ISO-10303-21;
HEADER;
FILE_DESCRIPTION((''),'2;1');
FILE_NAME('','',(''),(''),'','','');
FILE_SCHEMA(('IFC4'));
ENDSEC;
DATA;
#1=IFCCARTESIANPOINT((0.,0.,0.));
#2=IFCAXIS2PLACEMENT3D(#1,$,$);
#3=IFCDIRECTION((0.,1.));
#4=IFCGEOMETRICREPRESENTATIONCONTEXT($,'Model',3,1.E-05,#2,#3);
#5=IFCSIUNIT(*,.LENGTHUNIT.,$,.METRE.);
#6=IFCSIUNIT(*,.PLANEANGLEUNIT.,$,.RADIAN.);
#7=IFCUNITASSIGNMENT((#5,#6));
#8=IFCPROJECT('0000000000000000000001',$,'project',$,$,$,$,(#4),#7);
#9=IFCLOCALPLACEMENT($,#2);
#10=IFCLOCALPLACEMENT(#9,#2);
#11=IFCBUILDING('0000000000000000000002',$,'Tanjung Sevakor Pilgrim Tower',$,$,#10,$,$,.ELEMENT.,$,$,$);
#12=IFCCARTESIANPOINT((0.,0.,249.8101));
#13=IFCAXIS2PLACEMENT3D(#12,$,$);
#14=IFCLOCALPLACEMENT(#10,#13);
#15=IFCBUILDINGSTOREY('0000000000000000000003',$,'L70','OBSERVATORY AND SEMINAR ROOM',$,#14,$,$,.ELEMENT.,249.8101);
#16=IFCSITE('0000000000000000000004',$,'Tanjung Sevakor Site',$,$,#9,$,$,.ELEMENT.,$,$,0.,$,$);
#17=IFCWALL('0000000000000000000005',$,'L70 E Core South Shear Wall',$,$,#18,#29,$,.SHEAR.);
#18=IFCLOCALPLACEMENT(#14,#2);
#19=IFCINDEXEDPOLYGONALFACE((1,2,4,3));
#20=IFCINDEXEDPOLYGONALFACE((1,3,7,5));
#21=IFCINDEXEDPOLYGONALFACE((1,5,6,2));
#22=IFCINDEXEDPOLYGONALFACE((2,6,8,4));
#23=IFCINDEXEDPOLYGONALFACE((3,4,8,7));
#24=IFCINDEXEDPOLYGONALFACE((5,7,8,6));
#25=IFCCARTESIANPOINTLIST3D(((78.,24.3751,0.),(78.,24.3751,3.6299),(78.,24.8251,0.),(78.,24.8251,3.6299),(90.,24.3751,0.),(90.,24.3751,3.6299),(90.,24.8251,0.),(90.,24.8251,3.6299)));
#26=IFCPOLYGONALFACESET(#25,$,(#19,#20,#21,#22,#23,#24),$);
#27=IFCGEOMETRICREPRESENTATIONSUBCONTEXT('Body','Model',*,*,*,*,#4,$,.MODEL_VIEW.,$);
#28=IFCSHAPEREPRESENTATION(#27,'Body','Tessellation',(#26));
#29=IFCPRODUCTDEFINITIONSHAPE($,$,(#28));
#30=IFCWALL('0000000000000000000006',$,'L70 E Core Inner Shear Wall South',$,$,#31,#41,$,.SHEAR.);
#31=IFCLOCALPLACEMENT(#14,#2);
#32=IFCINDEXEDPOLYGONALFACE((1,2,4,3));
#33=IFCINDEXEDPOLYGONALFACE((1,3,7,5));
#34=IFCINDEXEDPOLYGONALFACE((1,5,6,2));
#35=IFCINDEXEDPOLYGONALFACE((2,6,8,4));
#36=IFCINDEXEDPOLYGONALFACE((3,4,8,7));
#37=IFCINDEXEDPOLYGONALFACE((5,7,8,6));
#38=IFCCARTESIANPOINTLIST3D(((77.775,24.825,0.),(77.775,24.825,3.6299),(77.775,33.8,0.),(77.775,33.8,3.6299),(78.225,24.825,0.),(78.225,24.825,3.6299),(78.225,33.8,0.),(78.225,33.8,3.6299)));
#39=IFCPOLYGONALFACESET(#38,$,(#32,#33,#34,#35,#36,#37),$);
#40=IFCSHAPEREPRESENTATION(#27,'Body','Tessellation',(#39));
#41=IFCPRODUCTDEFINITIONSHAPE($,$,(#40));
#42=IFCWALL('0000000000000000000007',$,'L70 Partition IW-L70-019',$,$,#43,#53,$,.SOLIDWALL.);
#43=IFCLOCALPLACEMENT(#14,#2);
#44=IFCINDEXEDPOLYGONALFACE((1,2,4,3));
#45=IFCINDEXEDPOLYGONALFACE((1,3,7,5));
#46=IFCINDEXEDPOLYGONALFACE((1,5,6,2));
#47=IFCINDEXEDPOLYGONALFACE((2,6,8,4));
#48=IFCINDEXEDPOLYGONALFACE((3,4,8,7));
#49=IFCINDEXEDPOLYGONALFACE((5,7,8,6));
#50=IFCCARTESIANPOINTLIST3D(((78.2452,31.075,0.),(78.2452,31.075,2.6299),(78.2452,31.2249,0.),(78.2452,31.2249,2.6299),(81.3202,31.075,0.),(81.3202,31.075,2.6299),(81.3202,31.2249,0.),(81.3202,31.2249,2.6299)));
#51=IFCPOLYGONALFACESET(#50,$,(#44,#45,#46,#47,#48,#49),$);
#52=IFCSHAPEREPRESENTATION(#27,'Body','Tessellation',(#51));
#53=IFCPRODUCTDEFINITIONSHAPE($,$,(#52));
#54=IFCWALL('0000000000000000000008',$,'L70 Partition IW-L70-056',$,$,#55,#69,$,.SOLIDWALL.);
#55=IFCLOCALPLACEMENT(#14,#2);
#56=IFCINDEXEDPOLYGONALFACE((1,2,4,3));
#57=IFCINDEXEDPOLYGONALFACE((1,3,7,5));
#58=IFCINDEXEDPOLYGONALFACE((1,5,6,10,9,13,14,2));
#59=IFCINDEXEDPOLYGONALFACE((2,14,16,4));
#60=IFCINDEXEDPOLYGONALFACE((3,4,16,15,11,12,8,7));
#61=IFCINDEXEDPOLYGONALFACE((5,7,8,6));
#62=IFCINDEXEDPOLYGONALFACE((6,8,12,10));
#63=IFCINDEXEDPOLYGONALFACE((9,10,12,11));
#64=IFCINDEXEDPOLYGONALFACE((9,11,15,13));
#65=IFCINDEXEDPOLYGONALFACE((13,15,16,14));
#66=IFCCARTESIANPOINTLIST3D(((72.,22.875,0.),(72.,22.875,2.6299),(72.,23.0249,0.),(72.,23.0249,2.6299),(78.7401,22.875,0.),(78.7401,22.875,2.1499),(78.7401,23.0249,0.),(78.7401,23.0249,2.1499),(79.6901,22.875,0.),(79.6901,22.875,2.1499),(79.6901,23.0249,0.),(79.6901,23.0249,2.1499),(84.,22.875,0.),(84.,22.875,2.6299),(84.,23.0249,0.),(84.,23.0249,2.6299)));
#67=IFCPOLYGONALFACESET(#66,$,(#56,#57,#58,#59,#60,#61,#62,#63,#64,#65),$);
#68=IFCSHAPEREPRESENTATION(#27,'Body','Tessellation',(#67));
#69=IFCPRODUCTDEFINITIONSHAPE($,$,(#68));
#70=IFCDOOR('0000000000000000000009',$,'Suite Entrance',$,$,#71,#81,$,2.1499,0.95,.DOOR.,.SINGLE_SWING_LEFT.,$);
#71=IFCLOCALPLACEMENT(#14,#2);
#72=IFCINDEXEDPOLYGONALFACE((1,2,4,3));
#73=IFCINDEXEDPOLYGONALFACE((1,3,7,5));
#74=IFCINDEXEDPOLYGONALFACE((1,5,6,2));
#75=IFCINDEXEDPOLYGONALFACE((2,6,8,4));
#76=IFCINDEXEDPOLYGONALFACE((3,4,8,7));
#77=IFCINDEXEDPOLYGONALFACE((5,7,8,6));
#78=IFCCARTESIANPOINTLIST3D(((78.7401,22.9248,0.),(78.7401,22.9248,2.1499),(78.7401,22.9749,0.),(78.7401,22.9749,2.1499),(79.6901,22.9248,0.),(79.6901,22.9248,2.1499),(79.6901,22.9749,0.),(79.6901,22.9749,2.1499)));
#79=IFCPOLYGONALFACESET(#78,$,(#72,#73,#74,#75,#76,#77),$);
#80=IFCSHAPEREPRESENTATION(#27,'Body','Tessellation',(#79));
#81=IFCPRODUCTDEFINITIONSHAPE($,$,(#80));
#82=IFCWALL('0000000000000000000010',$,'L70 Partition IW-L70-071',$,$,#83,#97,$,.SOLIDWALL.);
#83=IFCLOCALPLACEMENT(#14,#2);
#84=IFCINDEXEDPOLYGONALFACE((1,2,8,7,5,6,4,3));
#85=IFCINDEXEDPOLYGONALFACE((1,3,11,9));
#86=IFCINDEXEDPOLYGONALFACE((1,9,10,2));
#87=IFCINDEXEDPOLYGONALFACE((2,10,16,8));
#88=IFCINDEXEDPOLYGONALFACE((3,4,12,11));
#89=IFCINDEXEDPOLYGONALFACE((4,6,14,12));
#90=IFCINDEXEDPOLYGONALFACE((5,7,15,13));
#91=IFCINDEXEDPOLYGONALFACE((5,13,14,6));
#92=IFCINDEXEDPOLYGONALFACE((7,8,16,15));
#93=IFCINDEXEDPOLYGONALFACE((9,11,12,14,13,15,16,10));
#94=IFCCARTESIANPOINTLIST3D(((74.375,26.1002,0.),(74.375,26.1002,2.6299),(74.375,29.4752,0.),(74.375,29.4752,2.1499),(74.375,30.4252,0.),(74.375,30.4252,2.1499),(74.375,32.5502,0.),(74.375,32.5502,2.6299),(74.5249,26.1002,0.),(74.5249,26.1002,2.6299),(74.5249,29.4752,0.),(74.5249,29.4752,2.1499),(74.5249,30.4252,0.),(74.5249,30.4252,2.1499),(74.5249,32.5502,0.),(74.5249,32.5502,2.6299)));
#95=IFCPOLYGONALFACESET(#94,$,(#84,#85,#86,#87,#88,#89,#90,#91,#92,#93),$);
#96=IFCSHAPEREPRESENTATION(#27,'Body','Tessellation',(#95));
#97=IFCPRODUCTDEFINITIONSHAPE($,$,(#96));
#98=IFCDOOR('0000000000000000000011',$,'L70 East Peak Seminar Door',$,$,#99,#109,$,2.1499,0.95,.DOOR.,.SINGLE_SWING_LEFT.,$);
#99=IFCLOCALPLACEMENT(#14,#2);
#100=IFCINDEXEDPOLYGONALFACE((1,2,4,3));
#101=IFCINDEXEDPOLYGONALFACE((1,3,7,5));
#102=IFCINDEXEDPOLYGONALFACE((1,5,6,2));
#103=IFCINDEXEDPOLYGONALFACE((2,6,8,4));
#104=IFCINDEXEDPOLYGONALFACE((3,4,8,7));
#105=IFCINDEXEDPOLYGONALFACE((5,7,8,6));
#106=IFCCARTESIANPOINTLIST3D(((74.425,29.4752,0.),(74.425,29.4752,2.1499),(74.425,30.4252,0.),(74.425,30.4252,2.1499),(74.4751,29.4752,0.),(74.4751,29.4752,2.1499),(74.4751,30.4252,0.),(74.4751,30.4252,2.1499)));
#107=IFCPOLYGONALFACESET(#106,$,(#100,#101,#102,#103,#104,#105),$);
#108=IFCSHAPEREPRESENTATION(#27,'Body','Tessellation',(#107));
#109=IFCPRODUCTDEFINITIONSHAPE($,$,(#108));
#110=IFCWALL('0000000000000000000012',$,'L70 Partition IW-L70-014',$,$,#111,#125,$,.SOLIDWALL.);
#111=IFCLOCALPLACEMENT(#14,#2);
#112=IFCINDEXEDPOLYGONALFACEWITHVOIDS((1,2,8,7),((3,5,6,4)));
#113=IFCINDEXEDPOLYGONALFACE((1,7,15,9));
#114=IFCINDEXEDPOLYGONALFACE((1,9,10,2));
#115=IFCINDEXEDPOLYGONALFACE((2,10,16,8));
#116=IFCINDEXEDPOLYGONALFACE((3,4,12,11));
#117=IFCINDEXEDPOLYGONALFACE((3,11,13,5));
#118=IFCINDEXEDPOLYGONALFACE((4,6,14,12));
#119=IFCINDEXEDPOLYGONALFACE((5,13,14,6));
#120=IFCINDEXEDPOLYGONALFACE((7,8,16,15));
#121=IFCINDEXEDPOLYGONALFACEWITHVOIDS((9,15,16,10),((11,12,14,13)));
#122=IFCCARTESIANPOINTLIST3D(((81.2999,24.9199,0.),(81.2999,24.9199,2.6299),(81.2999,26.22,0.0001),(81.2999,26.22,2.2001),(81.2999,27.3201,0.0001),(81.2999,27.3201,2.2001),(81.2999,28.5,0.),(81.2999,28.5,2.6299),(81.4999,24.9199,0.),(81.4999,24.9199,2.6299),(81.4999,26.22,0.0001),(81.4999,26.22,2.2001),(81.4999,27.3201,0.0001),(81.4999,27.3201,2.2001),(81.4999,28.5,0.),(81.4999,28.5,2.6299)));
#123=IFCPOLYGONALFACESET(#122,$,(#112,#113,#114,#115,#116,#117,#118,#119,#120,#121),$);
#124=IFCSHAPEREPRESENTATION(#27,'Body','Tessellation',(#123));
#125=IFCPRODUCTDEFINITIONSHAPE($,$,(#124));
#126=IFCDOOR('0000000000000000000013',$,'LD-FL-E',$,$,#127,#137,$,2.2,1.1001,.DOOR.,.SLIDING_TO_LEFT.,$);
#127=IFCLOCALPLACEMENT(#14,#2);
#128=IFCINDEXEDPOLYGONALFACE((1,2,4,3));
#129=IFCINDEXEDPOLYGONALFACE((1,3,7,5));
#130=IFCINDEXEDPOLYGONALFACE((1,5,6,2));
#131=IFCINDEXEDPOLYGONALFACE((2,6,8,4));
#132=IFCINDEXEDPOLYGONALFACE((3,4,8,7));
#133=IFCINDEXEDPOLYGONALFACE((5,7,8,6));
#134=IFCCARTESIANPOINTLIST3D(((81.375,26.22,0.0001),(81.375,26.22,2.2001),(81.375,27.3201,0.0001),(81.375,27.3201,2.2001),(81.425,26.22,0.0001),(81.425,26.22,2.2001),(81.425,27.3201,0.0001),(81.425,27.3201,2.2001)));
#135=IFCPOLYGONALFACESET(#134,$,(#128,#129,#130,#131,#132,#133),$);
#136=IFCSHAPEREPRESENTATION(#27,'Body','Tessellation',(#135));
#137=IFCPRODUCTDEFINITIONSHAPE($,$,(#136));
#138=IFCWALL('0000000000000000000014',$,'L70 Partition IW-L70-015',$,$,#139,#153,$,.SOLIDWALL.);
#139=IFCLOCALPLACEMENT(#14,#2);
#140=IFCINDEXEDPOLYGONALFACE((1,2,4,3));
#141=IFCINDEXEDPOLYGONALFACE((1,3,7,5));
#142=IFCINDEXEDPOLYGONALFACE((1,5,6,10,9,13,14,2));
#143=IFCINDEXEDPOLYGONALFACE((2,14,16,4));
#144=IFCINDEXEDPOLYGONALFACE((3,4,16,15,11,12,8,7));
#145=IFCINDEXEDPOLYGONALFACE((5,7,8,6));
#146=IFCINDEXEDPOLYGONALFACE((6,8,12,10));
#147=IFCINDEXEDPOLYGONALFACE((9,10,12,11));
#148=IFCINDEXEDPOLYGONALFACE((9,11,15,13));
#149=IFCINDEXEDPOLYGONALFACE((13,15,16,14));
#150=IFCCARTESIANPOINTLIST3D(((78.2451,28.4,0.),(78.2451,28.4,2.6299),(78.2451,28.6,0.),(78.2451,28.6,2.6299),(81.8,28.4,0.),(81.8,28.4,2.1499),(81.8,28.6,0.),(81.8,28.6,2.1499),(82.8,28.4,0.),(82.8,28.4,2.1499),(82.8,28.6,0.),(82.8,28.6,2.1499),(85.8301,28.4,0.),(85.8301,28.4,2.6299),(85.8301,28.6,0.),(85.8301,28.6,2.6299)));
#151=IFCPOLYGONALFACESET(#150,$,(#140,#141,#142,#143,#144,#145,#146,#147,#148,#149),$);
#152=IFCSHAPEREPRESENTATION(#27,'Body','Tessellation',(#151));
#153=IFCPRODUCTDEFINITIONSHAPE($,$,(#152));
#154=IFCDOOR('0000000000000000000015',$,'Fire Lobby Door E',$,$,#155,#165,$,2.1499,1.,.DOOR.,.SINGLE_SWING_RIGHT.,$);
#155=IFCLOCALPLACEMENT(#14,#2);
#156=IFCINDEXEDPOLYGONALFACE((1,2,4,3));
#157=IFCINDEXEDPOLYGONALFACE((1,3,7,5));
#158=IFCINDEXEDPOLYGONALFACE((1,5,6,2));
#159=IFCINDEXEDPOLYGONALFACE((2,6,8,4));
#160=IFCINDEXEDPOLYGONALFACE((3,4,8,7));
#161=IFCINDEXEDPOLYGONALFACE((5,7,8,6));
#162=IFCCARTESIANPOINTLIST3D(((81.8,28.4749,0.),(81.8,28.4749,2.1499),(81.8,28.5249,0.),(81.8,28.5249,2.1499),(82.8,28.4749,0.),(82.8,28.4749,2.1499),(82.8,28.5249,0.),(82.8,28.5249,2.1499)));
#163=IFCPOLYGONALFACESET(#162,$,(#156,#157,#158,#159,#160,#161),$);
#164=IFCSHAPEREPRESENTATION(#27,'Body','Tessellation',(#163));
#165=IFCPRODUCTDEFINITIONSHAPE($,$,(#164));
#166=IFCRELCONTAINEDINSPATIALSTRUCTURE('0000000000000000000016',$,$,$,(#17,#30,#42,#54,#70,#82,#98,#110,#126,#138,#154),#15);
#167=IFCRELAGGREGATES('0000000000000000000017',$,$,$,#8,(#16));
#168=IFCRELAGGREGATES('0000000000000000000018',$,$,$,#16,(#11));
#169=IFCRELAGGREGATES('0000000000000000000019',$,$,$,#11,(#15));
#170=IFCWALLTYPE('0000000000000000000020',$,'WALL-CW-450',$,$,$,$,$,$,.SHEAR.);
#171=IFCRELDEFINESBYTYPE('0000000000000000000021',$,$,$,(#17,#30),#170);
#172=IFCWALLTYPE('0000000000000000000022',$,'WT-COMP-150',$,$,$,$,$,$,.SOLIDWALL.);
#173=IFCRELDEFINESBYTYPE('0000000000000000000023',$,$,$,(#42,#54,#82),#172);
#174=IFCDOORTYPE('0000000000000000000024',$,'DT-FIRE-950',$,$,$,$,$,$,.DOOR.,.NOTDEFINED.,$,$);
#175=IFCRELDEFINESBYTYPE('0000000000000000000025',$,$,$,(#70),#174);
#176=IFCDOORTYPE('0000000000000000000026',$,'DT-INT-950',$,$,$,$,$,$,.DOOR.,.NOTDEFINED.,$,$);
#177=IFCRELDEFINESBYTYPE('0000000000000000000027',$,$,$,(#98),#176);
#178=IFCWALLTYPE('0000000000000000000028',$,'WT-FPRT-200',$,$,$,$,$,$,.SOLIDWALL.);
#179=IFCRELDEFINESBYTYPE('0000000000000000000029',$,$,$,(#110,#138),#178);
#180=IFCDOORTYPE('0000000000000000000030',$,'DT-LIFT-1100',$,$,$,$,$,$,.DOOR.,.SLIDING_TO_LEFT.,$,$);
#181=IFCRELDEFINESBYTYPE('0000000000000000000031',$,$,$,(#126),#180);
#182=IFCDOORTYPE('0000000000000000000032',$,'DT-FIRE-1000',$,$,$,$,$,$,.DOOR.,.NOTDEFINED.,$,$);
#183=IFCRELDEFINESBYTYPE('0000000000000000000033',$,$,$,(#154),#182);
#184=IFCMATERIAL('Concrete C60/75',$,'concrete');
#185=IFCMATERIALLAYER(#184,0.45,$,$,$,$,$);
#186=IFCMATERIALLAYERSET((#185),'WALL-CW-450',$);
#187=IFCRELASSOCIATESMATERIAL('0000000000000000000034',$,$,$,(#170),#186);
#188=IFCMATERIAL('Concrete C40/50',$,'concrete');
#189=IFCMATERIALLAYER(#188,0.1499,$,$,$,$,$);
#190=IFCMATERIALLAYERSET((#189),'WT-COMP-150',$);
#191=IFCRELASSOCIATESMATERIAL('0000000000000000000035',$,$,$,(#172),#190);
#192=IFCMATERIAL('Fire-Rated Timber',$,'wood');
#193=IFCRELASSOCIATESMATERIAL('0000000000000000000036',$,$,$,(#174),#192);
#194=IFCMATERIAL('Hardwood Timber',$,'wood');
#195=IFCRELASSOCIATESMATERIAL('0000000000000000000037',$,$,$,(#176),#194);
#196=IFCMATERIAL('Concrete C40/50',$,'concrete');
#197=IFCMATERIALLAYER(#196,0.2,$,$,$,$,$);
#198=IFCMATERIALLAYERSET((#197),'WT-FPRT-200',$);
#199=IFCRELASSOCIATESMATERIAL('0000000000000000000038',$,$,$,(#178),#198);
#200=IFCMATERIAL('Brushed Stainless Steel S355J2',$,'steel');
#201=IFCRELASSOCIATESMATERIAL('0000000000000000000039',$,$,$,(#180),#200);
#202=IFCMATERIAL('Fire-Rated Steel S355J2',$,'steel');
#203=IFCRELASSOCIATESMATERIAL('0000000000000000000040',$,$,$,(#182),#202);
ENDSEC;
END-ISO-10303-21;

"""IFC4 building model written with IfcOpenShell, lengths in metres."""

from ifc_helpers import new_model, si_unit, direction, frame, frame_2d, origin, place, context, subcontext, project, spatial, rectangle, extrude, material, layer, layer_set, type_object, element, fill, save


model = new_model("IFC4")

# Units and contexts
model_context = context("Model", 3, precision=1e-05, world=origin(), true_north=direction((0.0, 1.0)))
body_context = subcontext(model_context, "Body", "Model", "MODEL_VIEW")
ifc_project = project(units=[si_unit("LENGTHUNIT", "METRE"), si_unit("PLANEANGLEUNIT", "RADIAN")], contexts=[model_context])

# Site, building, storey
site_placement = place(None, origin())
site = spatial("IfcSite", under=ifc_project, at=site_placement, Name="Tanjung Sevakor Site", CompositionType="ELEMENT", RefElevation=0.0)
building_placement = place(site_placement, origin())
building = spatial("IfcBuilding", under=site, at=building_placement, Name="Tanjung Sevakor Pilgrim Tower", CompositionType="ELEMENT")
storey_placement = place(building_placement, frame((0.0, 0.0, 249.8101)))
storey = spatial("IfcBuildingStorey", under=building, at=storey_placement, Name="L70", Description="OBSERVATORY AND SEMINAR ROOM", CompositionType="ELEMENT", Elevation=249.8101)

# Walls
ifc_material_1 = material(Name="Concrete C60/75", Category="concrete")
ifc_layer_1 = layer(ifc_material_1, 0.45)
ifc_layer_set_1 = layer_set([ifc_layer_1], Name="WALL-CW-450")
wall_type_1 = type_object("IfcWallType", Name="WALL-CW-450", PredefinedType="SHEAR", material=ifc_layer_set_1)
wall_1_placement = place(storey_placement, frame((78.0, 24.6001, 0.0), z_axis=(0.0, 0.0, 1.0), x_axis=(1.0, 0.0, 0.0)))
element("IfcWall", 1, at=wall_1_placement, inside=storey, type_object=wall_type_1, Name="L70 E Core South Shear Wall", PredefinedType="SHEAR", context=body_context, shape_type="SweptSolid", body=[
    extrude(rectangle(XDim=12.0, YDim=0.45, at=frame_2d((6.0, 0.0))), origin(), (0.0, 0.0, 1.0), 3.6299),
])
wall_2_placement = place(storey_placement, frame((78.0, 24.825, 0.0), z_axis=(0.0, 0.0, 1.0), x_axis=(0.0, 1.0, 0.0)))
element("IfcWall", 2, at=wall_2_placement, inside=storey, type_object=wall_type_1, Name="L70 E Core Inner Shear Wall South", PredefinedType="SHEAR", context=body_context, shape_type="SweptSolid", body=[
    extrude(rectangle(XDim=8.9751, YDim=0.45, at=frame_2d((4.4875, 0.0))), origin(), (0.0, 0.0, 1.0), 3.6299),
])
ifc_material_2 = material(Name="Concrete C40/50", Category="concrete")
ifc_layer_2 = layer(ifc_material_2, 0.1499)
ifc_layer_set_2 = layer_set([ifc_layer_2], Name="WT-COMP-150")
wall_type_2 = type_object("IfcWallType", Name="WT-COMP-150", PredefinedType="SOLIDWALL", material=ifc_layer_set_2)
wall_3_placement = place(storey_placement, frame((78.2451, 31.1499, 0.0), z_axis=(0.0, 0.0, 1.0), x_axis=(1.0, 0.0, 0.0)))
element("IfcWall", 3, at=wall_3_placement, inside=storey, type_object=wall_type_2, Name="L70 Partition IW-L70-019", PredefinedType="SOLIDWALL", context=body_context, shape_type="SweptSolid", body=[
    extrude(rectangle(XDim=3.075, YDim=0.1499, at=frame_2d((1.5376, 0.0))), origin(), (0.0, 0.0, 1.0), 2.6299),
])

# Shared definitions
ifc_material_3 = material(Name="Fire-Rated Timber", Category="wood")
door_type_1 = type_object("IfcDoorType", Name="DT-FIRE-950", OperationType="NOTDEFINED", PredefinedType="DOOR", material=ifc_material_3)

# Walls, openings, doors
wall_4_placement = place(storey_placement, frame((72.0, 22.95, 0.0), z_axis=(0.0, 0.0, 1.0), x_axis=(1.0, 0.0, 0.0)))
wall_4 = element("IfcWall", 4, at=wall_4_placement, inside=storey, type_object=wall_type_2, Name="L70 Partition IW-L70-056", PredefinedType="SOLIDWALL", context=body_context, shape_type="SweptSolid", body=[
    extrude(rectangle(XDim=12.0, YDim=0.1499, at=frame_2d((6.0, 0.0))), origin(), (0.0, 0.0, 1.0), 2.6299),
])
opening_1_placement = place(wall_4_placement, frame((6.74, 0.0, 0.0)))
opening_1 = element("IfcOpeningElement", 5, at=opening_1_placement, cuts=wall_4, PredefinedType="OPENING", context=body_context, shape_type="SweptSolid", body=[
    extrude(rectangle(XDim=0.95, YDim=2.1499, at=frame_2d((0.4751, 1.075))), frame((0.0, 0.085, 0.0), z_axis=(0.0, -1.0, 0.0), x_axis=(1.0, 0.0, 0.0)), (0.0, 0.0, 1.0), 0.1699),
])
door_1_placement = place(opening_1_placement, origin())
door_1 = element("IfcDoor", 6, at=door_1_placement, inside=storey, type_object=door_type_1, Name="Suite Entrance", OperationType="SINGLE_SWING_LEFT", OverallHeight=2.1499, OverallWidth=0.95, PredefinedType="DOOR", context=body_context, shape_type="SweptSolid", body=[
    extrude(rectangle(XDim=0.95, YDim=2.1499, at=frame_2d((0.4751, 1.075))), frame((0.0, 0.0249, 0.0), z_axis=(0.0, -1.0, 0.0), x_axis=(1.0, 0.0, 0.0)), (0.0, 0.0, 1.0), 0.05),
])
fill(opening_1, door_1)
wall_5_placement = place(storey_placement, frame((74.45, 26.1001, 0.0), z_axis=(0.0, 0.0, 1.0), x_axis=(0.0, 1.0, 0.0)))
wall_5 = element("IfcWall", 7, at=wall_5_placement, inside=storey, type_object=wall_type_2, Name="L70 Partition IW-L70-071", PredefinedType="SOLIDWALL", context=body_context, shape_type="SweptSolid", body=[
    extrude(rectangle(XDim=6.45, YDim=0.1499, at=frame_2d((3.2251, 0.0))), origin(), (0.0, 0.0, 1.0), 2.6299),
])
opening_2_placement = place(wall_5_placement, frame((3.375, 0.0, 0.0)))
opening_2 = element("IfcOpeningElement", 8, at=opening_2_placement, cuts=wall_5, PredefinedType="OPENING", context=body_context, shape_type="SweptSolid", body=[
    extrude(rectangle(XDim=0.95, YDim=2.1499, at=frame_2d((0.4751, 1.075))), frame((0.0, 0.085, 0.0), z_axis=(0.0, -1.0, 0.0), x_axis=(1.0, 0.0, 0.0)), (0.0, 0.0, 1.0), 0.1699),
])
ifc_material_4 = material(Name="Hardwood Timber", Category="wood")
door_type_2 = type_object("IfcDoorType", Name="DT-INT-950", OperationType="NOTDEFINED", PredefinedType="DOOR", material=ifc_material_4)
door_2_placement = place(opening_2_placement, origin())
door_2 = element("IfcDoor", 9, at=door_2_placement, inside=storey, type_object=door_type_2, Name="L70 East Peak Seminar Door", OperationType="SINGLE_SWING_LEFT", OverallHeight=2.1499, OverallWidth=0.95, PredefinedType="DOOR", context=body_context, shape_type="SweptSolid", body=[
    extrude(rectangle(XDim=0.95, YDim=2.1499, at=frame_2d((0.4751, 1.075))), frame((0.0, 0.0249, 0.0), z_axis=(0.0, -1.0, 0.0), x_axis=(1.0, 0.0, 0.0)), (0.0, 0.0, 1.0), 0.05),
])
fill(opening_2, door_2)
ifc_material_5 = material(Name="Concrete C40/50", Category="concrete")
ifc_layer_3 = layer(ifc_material_5, 0.2)
ifc_layer_set_3 = layer_set([ifc_layer_3], Name="WT-FPRT-200")
wall_type_3 = type_object("IfcWallType", Name="WT-FPRT-200", PredefinedType="SOLIDWALL", material=ifc_layer_set_3)
wall_6_placement = place(storey_placement, frame((81.3999, 24.9199, 0.0), z_axis=(0.0, 0.0, 1.0), x_axis=(0.0, 1.0, 0.0)))
wall_6 = element("IfcWall", 10, at=wall_6_placement, inside=storey, type_object=wall_type_3, Name="L70 Partition IW-L70-014", PredefinedType="SOLIDWALL", context=body_context, shape_type="SweptSolid", body=[
    extrude(rectangle(XDim=3.5801, YDim=0.2, at=frame_2d((1.79, 0.0))), origin(), (0.0, 0.0, 1.0), 2.6299),
])
opening_3_placement = place(wall_6_placement, frame((1.3, 0.0, 0.0)))
opening_3 = element("IfcOpeningElement", 11, at=opening_3_placement, cuts=wall_6, PredefinedType="OPENING", context=body_context, shape_type="SweptSolid", body=[
    extrude(rectangle(XDim=1.1001, YDim=2.2, at=frame_2d((0.55, 1.1001))), frame((0.0, 0.1099, 0.0), z_axis=(0.0, -1.0, 0.0), x_axis=(1.0, 0.0, 0.0)), (0.0, 0.0, 1.0), 0.22),
])
ifc_material_6 = material(Name="Brushed Stainless Steel S355J2", Category="steel")
door_type_3 = type_object("IfcDoorType", Name="DT-LIFT-1100", OperationType="SLIDING_TO_LEFT", PredefinedType="DOOR", material=ifc_material_6)
door_3_placement = place(opening_3_placement, origin())
door_3 = element("IfcDoor", 12, at=door_3_placement, inside=storey, type_object=door_type_3, Name="LD-FL-E", OperationType="SLIDING_TO_LEFT", OverallHeight=2.2, OverallWidth=1.1001, PredefinedType="DOOR", context=body_context, shape_type="SweptSolid", body=[
    extrude(rectangle(XDim=1.1001, YDim=2.2, at=frame_2d((0.55, 1.1001))), frame((0.0, 0.0249, 0.0), z_axis=(0.0, -1.0, 0.0), x_axis=(1.0, 0.0, 0.0)), (0.0, 0.0, 1.0), 0.05),
])
fill(opening_3, door_3)
wall_7_placement = place(storey_placement, frame((78.2451, 28.5, 0.0), z_axis=(0.0, 0.0, 1.0), x_axis=(1.0, 0.0, 0.0)))
wall_7 = element("IfcWall", 13, at=wall_7_placement, inside=storey, type_object=wall_type_3, Name="L70 Partition IW-L70-015", PredefinedType="SOLIDWALL", context=body_context, shape_type="SweptSolid", body=[
    extrude(rectangle(XDim=7.585, YDim=0.2, at=frame_2d((3.7925, 0.0))), origin(), (0.0, 0.0, 1.0), 2.6299),
])
opening_4_placement = place(wall_7_placement, frame((3.5549, 0.0, 0.0)))
opening_4 = element("IfcOpeningElement", 14, at=opening_4_placement, cuts=wall_7, PredefinedType="OPENING", context=body_context, shape_type="SweptSolid", body=[
    extrude(rectangle(XDim=1.0, YDim=2.1499, at=frame_2d((0.5, 1.075))), frame((0.0, 0.1099, 0.0), z_axis=(0.0, -1.0, 0.0), x_axis=(1.0, 0.0, 0.0)), (0.0, 0.0, 1.0), 0.22),
])
ifc_material_7 = material(Name="Fire-Rated Steel S355J2", Category="steel")
door_type_4 = type_object("IfcDoorType", Name="DT-FIRE-1000", OperationType="NOTDEFINED", PredefinedType="DOOR", material=ifc_material_7)
door_4_placement = place(opening_4_placement, origin())
door_4 = element("IfcDoor", 15, at=door_4_placement, inside=storey, type_object=door_type_4, Name="Fire Lobby Door E", OperationType="SINGLE_SWING_RIGHT", OverallHeight=2.1499, OverallWidth=1.0, PredefinedType="DOOR", context=body_context, shape_type="SweptSolid", body=[
    extrude(rectangle(XDim=1.0, YDim=2.1499, at=frame_2d((0.5, 1.075))), frame((0.0, 0.0249, 0.0), z_axis=(0.0, -1.0, 0.0), x_axis=(1.0, 0.0, 0.0)), (0.0, 0.0, 1.0), 0.05),
])
fill(opening_4, door_4)

save(model, "model.ifc")
